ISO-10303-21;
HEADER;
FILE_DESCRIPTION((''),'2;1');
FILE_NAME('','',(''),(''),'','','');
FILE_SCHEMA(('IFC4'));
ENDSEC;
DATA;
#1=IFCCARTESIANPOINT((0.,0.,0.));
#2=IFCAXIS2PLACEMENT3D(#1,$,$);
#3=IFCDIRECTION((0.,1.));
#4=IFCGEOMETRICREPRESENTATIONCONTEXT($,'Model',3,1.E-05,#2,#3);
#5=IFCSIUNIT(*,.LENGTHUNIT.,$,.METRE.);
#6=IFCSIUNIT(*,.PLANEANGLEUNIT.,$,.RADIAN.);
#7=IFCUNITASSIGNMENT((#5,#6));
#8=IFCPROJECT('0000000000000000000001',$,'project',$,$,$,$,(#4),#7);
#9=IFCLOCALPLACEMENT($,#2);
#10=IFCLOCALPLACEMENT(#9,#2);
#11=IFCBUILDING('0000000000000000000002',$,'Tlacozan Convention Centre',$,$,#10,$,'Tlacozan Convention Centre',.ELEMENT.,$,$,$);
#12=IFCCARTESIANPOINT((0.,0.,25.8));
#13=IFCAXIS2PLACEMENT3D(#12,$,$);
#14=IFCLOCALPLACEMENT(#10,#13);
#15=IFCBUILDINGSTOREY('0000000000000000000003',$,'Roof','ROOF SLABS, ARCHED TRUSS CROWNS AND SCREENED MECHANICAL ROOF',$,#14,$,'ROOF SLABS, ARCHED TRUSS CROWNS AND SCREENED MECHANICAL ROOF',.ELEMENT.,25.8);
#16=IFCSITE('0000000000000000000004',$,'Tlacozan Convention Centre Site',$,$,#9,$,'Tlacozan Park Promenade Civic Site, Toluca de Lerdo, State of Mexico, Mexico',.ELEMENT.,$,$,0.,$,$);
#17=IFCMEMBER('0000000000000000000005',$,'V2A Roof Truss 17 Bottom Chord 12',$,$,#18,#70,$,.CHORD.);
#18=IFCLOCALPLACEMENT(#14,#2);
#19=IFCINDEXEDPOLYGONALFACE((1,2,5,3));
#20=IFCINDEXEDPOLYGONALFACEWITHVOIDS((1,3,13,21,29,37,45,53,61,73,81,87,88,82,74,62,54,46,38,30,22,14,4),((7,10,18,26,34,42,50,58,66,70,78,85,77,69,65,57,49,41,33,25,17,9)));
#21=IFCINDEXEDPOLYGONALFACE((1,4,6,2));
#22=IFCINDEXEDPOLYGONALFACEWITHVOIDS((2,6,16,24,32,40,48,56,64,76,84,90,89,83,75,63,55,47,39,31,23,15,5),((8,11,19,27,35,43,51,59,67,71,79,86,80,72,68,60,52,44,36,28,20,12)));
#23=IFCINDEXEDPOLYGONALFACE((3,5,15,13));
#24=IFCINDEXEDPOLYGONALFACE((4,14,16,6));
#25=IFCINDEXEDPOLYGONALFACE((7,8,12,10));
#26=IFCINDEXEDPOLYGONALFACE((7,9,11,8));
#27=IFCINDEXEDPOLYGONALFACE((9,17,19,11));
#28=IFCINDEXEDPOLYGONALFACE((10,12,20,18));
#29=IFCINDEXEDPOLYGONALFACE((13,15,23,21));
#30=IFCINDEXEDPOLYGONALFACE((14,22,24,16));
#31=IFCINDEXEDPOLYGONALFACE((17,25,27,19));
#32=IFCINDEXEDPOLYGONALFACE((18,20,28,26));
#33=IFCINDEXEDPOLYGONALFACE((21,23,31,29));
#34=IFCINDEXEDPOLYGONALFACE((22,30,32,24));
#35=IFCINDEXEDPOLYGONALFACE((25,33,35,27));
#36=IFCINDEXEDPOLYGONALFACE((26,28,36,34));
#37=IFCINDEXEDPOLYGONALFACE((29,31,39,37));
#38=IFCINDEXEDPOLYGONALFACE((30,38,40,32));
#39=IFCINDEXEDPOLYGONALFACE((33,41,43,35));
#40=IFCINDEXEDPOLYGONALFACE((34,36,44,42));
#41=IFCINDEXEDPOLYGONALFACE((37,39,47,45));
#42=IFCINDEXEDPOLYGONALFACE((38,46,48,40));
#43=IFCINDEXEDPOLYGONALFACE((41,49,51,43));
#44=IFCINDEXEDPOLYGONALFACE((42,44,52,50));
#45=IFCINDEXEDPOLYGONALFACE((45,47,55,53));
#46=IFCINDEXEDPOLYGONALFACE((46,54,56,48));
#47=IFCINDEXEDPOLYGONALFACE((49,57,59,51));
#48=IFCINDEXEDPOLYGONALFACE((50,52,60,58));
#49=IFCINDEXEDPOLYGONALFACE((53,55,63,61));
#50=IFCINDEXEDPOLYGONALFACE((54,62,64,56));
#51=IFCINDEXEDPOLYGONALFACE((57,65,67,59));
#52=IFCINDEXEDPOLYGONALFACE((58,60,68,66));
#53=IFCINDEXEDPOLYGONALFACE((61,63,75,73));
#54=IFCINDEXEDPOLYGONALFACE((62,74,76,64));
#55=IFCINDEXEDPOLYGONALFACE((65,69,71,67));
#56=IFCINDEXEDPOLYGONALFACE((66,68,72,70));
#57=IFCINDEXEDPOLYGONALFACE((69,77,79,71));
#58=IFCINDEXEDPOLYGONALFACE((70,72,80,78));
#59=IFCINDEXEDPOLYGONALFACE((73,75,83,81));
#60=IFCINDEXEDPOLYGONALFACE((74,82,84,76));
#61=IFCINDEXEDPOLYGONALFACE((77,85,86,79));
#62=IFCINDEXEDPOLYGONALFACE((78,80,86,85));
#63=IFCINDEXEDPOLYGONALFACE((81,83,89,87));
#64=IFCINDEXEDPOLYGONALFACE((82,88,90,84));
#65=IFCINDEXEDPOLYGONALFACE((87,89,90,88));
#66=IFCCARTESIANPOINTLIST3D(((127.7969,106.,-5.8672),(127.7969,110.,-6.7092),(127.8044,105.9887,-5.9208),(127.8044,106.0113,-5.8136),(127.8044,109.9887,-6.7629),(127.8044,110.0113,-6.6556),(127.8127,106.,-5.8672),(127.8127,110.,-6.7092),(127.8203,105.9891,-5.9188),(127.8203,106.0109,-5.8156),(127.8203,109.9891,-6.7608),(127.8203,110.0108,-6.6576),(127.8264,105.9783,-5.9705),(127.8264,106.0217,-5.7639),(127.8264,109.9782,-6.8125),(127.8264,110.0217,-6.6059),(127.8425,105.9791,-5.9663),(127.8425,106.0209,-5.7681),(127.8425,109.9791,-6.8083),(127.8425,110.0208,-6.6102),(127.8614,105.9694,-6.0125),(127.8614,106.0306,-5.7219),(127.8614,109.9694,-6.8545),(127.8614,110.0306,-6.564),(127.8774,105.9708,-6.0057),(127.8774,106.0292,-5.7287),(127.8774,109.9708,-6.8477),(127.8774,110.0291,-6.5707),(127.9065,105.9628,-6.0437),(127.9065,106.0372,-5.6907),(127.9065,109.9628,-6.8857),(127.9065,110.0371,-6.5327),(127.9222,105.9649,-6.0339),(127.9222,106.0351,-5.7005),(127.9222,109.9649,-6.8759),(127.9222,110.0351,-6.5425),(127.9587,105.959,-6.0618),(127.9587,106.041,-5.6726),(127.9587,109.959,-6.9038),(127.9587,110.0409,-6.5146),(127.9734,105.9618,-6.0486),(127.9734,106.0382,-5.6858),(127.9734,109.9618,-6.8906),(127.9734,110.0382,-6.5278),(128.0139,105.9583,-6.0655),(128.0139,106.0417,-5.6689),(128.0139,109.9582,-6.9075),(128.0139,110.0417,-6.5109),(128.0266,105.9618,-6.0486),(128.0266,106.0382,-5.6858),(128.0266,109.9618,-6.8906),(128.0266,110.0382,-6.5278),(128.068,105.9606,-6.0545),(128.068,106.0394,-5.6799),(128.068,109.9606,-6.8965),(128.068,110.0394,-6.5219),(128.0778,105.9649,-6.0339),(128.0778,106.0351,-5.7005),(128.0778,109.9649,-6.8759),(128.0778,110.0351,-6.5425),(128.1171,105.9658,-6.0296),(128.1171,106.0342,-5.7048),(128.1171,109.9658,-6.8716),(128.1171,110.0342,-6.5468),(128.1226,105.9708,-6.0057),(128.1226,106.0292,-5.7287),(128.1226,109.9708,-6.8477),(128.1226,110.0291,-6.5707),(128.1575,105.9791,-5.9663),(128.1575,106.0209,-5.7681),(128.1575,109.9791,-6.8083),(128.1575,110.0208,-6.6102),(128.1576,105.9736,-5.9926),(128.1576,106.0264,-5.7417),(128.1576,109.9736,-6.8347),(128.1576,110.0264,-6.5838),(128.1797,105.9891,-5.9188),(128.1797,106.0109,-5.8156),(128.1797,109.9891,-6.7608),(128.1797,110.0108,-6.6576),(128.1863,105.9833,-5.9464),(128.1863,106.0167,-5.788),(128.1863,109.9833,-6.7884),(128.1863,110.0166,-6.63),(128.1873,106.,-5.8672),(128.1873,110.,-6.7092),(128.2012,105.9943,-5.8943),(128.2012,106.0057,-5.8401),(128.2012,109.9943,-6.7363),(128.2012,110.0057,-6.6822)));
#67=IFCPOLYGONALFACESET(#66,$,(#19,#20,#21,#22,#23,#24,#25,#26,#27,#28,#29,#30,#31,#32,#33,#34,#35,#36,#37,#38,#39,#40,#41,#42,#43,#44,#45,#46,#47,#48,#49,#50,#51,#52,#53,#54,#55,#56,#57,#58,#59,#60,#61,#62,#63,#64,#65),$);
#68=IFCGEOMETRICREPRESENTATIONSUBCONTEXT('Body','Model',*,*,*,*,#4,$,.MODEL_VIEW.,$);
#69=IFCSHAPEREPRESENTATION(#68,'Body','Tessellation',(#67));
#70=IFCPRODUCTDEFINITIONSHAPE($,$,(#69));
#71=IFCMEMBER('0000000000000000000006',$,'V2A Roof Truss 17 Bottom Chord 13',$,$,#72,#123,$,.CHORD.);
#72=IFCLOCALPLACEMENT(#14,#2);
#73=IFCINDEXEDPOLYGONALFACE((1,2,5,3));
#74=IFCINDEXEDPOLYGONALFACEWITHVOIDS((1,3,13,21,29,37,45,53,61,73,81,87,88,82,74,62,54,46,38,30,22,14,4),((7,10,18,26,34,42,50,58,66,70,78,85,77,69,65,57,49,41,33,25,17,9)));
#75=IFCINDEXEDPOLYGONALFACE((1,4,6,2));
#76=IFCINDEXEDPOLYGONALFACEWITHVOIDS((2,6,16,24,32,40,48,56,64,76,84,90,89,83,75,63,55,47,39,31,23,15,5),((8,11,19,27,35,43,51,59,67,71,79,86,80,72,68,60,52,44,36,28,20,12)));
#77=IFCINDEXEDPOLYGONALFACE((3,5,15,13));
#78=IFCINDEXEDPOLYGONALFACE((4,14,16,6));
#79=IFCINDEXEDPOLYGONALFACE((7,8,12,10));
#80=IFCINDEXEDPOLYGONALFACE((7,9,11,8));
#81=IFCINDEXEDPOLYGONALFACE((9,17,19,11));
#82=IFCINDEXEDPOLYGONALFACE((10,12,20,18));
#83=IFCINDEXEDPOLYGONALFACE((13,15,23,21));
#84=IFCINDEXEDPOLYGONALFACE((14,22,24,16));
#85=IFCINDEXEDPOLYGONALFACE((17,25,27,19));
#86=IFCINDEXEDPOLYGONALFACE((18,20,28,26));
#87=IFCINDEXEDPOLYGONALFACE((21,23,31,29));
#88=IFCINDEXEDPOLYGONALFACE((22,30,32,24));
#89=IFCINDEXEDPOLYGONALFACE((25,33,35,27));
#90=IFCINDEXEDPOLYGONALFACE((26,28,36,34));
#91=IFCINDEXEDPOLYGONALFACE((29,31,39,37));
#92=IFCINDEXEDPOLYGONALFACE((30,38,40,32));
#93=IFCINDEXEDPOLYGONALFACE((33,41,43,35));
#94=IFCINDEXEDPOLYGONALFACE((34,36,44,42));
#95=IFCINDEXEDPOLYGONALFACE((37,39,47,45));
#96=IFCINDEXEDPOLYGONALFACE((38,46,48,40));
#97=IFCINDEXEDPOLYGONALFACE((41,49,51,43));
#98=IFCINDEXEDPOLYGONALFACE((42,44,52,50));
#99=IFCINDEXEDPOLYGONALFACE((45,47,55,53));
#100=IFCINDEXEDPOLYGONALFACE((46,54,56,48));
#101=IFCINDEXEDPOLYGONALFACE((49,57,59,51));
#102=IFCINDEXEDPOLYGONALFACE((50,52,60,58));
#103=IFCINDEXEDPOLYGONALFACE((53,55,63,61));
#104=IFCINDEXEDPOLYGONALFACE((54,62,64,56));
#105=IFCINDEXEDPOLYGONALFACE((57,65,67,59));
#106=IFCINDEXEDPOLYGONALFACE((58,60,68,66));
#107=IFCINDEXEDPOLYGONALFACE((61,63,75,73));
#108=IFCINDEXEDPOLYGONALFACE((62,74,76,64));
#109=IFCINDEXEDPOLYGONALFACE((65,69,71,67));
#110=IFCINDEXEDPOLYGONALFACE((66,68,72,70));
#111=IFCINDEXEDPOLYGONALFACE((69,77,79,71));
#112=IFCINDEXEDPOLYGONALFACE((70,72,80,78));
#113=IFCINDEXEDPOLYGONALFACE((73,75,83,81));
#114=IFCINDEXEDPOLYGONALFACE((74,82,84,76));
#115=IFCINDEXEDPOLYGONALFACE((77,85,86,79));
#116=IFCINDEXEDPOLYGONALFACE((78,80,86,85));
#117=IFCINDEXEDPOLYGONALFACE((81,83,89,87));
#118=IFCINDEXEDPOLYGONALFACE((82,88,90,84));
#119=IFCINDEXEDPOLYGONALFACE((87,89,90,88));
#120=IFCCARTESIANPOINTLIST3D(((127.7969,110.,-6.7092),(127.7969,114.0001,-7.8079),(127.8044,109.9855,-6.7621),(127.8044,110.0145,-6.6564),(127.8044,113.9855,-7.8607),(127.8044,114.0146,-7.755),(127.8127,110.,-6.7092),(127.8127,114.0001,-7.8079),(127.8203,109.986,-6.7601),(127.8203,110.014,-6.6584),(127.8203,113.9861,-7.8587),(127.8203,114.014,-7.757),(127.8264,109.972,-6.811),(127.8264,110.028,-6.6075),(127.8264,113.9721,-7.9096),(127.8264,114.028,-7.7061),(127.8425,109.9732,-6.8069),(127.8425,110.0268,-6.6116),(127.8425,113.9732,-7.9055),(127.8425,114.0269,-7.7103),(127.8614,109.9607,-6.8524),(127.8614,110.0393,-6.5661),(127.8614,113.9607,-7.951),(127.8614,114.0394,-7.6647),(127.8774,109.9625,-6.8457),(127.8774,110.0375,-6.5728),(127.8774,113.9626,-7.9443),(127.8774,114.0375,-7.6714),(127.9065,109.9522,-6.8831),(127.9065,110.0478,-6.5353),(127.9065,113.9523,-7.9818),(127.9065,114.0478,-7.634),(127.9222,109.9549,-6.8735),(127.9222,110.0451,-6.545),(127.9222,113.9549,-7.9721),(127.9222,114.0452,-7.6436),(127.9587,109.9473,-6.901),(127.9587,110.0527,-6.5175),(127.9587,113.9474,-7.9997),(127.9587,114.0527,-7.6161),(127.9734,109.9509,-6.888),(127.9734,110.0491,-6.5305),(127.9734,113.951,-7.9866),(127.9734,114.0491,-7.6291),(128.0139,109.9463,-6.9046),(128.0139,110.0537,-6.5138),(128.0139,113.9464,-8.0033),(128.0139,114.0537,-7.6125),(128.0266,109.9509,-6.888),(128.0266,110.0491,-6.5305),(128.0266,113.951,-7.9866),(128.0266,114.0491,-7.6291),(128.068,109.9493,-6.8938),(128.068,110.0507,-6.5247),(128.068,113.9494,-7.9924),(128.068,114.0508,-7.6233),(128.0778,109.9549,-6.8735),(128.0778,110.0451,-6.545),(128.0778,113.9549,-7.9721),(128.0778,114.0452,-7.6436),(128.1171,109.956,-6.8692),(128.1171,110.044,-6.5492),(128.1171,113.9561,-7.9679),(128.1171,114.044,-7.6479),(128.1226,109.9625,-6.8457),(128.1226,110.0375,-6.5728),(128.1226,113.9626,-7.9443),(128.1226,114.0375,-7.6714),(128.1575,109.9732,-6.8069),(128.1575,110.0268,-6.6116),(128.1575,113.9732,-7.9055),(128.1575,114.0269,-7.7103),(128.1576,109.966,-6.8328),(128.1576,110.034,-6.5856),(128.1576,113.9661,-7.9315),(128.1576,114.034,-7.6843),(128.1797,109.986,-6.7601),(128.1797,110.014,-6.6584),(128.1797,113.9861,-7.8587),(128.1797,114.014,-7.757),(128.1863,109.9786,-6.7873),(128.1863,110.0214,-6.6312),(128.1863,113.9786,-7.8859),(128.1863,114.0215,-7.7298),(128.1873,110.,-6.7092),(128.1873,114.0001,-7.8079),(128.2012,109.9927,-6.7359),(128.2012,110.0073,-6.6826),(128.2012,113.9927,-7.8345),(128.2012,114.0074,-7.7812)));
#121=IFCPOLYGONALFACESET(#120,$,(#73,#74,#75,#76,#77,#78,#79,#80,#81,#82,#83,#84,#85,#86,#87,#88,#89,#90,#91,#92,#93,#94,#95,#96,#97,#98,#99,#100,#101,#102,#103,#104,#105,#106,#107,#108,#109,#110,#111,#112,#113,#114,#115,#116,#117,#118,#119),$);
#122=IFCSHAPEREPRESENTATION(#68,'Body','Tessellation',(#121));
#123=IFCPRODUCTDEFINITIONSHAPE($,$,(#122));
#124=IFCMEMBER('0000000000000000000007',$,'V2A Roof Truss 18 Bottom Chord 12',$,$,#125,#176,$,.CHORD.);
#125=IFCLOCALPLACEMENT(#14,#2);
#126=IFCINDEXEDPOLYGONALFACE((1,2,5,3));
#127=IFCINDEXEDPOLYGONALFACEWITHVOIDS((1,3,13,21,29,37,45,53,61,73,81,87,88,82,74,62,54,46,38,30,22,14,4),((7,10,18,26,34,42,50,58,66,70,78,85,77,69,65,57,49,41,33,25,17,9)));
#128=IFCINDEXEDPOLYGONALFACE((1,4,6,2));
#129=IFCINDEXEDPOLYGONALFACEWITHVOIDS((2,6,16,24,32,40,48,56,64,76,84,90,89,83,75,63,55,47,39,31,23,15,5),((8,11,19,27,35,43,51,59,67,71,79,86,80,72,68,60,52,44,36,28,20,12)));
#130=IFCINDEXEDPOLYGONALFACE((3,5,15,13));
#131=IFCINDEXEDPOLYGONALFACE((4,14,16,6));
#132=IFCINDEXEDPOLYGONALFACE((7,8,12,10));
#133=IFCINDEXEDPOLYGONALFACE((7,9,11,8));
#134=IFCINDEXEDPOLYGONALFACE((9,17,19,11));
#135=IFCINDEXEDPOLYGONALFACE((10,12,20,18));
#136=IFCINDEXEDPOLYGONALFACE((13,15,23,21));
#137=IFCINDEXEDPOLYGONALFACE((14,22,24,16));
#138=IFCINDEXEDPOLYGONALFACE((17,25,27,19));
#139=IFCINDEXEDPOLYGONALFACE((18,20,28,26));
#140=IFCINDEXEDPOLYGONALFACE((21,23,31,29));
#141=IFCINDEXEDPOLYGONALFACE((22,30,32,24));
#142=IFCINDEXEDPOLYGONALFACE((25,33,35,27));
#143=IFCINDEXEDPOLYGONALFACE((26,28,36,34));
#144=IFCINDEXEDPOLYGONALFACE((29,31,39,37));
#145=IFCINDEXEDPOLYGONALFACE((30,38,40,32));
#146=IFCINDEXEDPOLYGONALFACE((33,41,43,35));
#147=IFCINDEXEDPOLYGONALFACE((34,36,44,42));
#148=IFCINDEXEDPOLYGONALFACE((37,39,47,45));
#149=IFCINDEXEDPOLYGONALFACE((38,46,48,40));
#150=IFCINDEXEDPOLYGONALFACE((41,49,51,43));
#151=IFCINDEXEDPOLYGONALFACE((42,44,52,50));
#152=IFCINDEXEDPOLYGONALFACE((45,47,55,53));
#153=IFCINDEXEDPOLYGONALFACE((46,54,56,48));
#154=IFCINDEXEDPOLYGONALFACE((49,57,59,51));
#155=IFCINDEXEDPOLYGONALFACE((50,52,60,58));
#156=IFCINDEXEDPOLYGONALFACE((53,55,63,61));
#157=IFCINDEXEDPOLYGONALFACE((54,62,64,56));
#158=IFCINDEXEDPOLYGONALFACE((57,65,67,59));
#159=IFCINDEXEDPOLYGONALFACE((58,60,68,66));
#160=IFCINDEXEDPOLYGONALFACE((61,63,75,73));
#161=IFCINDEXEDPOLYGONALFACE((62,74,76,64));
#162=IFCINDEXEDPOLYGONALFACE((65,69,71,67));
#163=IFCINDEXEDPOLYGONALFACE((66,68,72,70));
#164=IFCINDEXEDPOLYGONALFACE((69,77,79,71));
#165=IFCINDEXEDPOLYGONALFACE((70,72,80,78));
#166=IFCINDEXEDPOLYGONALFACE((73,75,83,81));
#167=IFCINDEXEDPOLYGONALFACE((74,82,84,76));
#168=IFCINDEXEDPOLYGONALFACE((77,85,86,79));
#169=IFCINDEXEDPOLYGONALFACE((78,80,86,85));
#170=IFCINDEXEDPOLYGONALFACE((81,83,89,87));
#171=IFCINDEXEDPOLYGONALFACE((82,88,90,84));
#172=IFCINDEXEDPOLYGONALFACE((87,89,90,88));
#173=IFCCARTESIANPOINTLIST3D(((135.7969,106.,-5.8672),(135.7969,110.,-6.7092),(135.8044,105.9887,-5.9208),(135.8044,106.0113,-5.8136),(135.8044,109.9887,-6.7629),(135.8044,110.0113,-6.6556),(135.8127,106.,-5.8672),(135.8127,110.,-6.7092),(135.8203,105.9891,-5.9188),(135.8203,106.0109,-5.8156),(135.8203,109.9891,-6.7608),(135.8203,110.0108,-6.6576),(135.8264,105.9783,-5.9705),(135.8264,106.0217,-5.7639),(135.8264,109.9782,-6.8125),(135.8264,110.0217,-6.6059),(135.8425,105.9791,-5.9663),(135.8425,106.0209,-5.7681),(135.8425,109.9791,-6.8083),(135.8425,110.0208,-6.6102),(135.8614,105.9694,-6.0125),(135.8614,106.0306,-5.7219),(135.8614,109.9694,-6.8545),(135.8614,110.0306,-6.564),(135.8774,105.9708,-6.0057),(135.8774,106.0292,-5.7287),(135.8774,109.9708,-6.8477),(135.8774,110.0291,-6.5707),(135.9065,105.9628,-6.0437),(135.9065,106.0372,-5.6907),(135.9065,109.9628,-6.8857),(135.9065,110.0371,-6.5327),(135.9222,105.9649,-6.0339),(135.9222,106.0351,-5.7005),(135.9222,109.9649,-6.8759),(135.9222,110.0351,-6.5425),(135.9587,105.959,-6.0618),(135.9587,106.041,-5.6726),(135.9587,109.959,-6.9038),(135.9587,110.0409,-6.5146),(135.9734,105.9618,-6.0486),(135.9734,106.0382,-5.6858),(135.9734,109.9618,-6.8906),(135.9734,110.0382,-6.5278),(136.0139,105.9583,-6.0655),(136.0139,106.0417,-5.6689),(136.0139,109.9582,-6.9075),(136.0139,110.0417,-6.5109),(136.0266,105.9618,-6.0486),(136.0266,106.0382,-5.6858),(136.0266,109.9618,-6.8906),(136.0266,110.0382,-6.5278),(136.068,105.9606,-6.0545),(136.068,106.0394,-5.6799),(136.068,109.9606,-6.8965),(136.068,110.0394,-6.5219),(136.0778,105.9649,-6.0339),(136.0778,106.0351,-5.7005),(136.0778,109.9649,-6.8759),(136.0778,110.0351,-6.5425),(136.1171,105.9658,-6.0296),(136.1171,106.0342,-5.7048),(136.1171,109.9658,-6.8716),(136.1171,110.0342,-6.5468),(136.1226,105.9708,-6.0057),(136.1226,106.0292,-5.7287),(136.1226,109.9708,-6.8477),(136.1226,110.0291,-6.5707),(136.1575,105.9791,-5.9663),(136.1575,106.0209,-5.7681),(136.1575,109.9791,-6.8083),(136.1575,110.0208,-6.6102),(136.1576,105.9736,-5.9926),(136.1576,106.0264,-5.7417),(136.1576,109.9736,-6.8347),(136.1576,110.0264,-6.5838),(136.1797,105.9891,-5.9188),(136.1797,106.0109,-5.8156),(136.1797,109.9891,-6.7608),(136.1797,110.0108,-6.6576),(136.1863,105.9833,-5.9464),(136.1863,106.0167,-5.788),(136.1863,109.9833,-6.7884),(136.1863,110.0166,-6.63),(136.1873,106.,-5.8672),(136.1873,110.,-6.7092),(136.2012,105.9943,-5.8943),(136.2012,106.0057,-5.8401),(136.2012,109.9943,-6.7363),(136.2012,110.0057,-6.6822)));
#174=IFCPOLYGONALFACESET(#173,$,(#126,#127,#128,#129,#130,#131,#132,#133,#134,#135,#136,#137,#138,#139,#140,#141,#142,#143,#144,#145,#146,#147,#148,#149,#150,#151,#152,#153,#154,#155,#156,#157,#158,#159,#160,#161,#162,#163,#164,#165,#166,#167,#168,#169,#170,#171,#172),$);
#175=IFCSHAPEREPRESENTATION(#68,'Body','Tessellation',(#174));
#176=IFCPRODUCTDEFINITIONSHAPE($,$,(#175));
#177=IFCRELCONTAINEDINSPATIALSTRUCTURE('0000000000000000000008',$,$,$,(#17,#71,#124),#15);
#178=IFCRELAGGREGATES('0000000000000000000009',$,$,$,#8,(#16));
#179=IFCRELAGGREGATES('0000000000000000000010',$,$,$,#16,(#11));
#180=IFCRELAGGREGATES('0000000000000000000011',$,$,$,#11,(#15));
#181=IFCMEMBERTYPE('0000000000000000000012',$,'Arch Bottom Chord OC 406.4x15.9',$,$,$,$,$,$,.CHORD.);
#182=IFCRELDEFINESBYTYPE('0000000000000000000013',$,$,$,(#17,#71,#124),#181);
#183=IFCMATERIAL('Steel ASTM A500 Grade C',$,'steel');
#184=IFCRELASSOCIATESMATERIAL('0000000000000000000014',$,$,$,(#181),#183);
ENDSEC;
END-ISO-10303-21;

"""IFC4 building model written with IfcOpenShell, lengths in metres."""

from ifc_helpers import new_model, si_unit, direction, frame, origin, origin_2d, place, context, subcontext, project, spatial, hollow_circle, extrude, material, material_profile, profile_set, type_object, element, save


model = new_model("IFC4")

# Units and contexts
model_context = context("Model", 3, precision=1e-05, world=origin(), true_north=direction((0.0, 1.0)))
body_context = subcontext(model_context, "Body", "Model", "MODEL_VIEW")
ifc_project = project(units=[si_unit("LENGTHUNIT", "METRE"), si_unit("PLANEANGLEUNIT", "RADIAN")], contexts=[model_context])

# Site, building, storey
site_placement = place(None, origin())
site = spatial("IfcSite", under=ifc_project, at=site_placement, Name="Tlacozan Convention Centre Site", LongName="Tlacozan Park Promenade Civic Site, Toluca de Lerdo, State of Mexico, Mexico", CompositionType="ELEMENT", RefElevation=0.0)
building_placement = place(site_placement, origin())
building = spatial("IfcBuilding", under=site, at=building_placement, Name="Tlacozan Convention Centre", LongName="Tlacozan Convention Centre", CompositionType="ELEMENT")
storey_placement = place(building_placement, frame((0.0, 0.0, 25.8)))
storey = spatial("IfcBuildingStorey", under=building, at=storey_placement, Name="Roof", Description="ROOF SLABS, ARCHED TRUSS CROWNS AND SCREENED MECHANICAL ROOF", LongName="ROOF SLABS, ARCHED TRUSS CROWNS AND SCREENED MECHANICAL ROOF", CompositionType="ELEMENT", Elevation=25.8)

# Members
ifc_material_1 = material(Name="Steel ASTM A500 Grade C", Category="steel")
ifc_material_profile_1 = material_profile(ifc_material_1, hollow_circle(Radius=0.2031, WallThickness=0.0159, at=origin_2d()), Name="OC 406.4x15.9")
ifc_profile_set_1 = profile_set([ifc_material_profile_1], Name="Steel ASTM A500 Grade C")
member_type_1 = type_object("IfcMemberType", Name="Arch Bottom Chord OC 406.4x15.9", PredefinedType="CHORD", material=ifc_profile_set_1)
member_1_placement = place(storey_placement, frame((128.0, 106.0, -5.8672), z_axis=(0.0, 0.978553, -0.205995), x_axis=(-1.0, 0.0, 0.0)))
element("IfcMember", 1, at=member_1_placement, inside=storey, type_object=member_type_1, Name="V2A Roof Truss 17 Bottom Chord 12", PredefinedType="CHORD", context=body_context, shape_type="SweptSolid", body=[
    extrude(hollow_circle(Radius=0.2031, WallThickness=0.0159, at=origin_2d()), origin(), (0.0, 0.0, 1.0), 4.0876),
])
member_2_placement = place(storey_placement, frame((128.0, 110.0, -6.7092), z_axis=(0.0, 0.96429, -0.26485), x_axis=(-1.0, 0.0, 0.0)))
element("IfcMember", 2, at=member_2_placement, inside=storey, type_object=member_type_1, Name="V2A Roof Truss 17 Bottom Chord 13", PredefinedType="CHORD", context=body_context, shape_type="SweptSolid", body=[
    extrude(hollow_circle(Radius=0.2031, WallThickness=0.0159, at=origin_2d()), origin(), (0.0, 0.0, 1.0), 4.1482),
])
member_3_placement = place(storey_placement, frame((136.0, 106.0, -5.8672), z_axis=(0.0, 0.978553, -0.205995), x_axis=(-1.0, 0.0, 0.0)))
element("IfcMember", 3, at=member_3_placement, inside=storey, type_object=member_type_1, Name="V2A Roof Truss 18 Bottom Chord 12", PredefinedType="CHORD", context=body_context, shape_type="SweptSolid", body=[
    extrude(hollow_circle(Radius=0.2031, WallThickness=0.0159, at=origin_2d()), origin(), (0.0, 0.0, 1.0), 4.0876),
])

save(model, "model.ifc")
